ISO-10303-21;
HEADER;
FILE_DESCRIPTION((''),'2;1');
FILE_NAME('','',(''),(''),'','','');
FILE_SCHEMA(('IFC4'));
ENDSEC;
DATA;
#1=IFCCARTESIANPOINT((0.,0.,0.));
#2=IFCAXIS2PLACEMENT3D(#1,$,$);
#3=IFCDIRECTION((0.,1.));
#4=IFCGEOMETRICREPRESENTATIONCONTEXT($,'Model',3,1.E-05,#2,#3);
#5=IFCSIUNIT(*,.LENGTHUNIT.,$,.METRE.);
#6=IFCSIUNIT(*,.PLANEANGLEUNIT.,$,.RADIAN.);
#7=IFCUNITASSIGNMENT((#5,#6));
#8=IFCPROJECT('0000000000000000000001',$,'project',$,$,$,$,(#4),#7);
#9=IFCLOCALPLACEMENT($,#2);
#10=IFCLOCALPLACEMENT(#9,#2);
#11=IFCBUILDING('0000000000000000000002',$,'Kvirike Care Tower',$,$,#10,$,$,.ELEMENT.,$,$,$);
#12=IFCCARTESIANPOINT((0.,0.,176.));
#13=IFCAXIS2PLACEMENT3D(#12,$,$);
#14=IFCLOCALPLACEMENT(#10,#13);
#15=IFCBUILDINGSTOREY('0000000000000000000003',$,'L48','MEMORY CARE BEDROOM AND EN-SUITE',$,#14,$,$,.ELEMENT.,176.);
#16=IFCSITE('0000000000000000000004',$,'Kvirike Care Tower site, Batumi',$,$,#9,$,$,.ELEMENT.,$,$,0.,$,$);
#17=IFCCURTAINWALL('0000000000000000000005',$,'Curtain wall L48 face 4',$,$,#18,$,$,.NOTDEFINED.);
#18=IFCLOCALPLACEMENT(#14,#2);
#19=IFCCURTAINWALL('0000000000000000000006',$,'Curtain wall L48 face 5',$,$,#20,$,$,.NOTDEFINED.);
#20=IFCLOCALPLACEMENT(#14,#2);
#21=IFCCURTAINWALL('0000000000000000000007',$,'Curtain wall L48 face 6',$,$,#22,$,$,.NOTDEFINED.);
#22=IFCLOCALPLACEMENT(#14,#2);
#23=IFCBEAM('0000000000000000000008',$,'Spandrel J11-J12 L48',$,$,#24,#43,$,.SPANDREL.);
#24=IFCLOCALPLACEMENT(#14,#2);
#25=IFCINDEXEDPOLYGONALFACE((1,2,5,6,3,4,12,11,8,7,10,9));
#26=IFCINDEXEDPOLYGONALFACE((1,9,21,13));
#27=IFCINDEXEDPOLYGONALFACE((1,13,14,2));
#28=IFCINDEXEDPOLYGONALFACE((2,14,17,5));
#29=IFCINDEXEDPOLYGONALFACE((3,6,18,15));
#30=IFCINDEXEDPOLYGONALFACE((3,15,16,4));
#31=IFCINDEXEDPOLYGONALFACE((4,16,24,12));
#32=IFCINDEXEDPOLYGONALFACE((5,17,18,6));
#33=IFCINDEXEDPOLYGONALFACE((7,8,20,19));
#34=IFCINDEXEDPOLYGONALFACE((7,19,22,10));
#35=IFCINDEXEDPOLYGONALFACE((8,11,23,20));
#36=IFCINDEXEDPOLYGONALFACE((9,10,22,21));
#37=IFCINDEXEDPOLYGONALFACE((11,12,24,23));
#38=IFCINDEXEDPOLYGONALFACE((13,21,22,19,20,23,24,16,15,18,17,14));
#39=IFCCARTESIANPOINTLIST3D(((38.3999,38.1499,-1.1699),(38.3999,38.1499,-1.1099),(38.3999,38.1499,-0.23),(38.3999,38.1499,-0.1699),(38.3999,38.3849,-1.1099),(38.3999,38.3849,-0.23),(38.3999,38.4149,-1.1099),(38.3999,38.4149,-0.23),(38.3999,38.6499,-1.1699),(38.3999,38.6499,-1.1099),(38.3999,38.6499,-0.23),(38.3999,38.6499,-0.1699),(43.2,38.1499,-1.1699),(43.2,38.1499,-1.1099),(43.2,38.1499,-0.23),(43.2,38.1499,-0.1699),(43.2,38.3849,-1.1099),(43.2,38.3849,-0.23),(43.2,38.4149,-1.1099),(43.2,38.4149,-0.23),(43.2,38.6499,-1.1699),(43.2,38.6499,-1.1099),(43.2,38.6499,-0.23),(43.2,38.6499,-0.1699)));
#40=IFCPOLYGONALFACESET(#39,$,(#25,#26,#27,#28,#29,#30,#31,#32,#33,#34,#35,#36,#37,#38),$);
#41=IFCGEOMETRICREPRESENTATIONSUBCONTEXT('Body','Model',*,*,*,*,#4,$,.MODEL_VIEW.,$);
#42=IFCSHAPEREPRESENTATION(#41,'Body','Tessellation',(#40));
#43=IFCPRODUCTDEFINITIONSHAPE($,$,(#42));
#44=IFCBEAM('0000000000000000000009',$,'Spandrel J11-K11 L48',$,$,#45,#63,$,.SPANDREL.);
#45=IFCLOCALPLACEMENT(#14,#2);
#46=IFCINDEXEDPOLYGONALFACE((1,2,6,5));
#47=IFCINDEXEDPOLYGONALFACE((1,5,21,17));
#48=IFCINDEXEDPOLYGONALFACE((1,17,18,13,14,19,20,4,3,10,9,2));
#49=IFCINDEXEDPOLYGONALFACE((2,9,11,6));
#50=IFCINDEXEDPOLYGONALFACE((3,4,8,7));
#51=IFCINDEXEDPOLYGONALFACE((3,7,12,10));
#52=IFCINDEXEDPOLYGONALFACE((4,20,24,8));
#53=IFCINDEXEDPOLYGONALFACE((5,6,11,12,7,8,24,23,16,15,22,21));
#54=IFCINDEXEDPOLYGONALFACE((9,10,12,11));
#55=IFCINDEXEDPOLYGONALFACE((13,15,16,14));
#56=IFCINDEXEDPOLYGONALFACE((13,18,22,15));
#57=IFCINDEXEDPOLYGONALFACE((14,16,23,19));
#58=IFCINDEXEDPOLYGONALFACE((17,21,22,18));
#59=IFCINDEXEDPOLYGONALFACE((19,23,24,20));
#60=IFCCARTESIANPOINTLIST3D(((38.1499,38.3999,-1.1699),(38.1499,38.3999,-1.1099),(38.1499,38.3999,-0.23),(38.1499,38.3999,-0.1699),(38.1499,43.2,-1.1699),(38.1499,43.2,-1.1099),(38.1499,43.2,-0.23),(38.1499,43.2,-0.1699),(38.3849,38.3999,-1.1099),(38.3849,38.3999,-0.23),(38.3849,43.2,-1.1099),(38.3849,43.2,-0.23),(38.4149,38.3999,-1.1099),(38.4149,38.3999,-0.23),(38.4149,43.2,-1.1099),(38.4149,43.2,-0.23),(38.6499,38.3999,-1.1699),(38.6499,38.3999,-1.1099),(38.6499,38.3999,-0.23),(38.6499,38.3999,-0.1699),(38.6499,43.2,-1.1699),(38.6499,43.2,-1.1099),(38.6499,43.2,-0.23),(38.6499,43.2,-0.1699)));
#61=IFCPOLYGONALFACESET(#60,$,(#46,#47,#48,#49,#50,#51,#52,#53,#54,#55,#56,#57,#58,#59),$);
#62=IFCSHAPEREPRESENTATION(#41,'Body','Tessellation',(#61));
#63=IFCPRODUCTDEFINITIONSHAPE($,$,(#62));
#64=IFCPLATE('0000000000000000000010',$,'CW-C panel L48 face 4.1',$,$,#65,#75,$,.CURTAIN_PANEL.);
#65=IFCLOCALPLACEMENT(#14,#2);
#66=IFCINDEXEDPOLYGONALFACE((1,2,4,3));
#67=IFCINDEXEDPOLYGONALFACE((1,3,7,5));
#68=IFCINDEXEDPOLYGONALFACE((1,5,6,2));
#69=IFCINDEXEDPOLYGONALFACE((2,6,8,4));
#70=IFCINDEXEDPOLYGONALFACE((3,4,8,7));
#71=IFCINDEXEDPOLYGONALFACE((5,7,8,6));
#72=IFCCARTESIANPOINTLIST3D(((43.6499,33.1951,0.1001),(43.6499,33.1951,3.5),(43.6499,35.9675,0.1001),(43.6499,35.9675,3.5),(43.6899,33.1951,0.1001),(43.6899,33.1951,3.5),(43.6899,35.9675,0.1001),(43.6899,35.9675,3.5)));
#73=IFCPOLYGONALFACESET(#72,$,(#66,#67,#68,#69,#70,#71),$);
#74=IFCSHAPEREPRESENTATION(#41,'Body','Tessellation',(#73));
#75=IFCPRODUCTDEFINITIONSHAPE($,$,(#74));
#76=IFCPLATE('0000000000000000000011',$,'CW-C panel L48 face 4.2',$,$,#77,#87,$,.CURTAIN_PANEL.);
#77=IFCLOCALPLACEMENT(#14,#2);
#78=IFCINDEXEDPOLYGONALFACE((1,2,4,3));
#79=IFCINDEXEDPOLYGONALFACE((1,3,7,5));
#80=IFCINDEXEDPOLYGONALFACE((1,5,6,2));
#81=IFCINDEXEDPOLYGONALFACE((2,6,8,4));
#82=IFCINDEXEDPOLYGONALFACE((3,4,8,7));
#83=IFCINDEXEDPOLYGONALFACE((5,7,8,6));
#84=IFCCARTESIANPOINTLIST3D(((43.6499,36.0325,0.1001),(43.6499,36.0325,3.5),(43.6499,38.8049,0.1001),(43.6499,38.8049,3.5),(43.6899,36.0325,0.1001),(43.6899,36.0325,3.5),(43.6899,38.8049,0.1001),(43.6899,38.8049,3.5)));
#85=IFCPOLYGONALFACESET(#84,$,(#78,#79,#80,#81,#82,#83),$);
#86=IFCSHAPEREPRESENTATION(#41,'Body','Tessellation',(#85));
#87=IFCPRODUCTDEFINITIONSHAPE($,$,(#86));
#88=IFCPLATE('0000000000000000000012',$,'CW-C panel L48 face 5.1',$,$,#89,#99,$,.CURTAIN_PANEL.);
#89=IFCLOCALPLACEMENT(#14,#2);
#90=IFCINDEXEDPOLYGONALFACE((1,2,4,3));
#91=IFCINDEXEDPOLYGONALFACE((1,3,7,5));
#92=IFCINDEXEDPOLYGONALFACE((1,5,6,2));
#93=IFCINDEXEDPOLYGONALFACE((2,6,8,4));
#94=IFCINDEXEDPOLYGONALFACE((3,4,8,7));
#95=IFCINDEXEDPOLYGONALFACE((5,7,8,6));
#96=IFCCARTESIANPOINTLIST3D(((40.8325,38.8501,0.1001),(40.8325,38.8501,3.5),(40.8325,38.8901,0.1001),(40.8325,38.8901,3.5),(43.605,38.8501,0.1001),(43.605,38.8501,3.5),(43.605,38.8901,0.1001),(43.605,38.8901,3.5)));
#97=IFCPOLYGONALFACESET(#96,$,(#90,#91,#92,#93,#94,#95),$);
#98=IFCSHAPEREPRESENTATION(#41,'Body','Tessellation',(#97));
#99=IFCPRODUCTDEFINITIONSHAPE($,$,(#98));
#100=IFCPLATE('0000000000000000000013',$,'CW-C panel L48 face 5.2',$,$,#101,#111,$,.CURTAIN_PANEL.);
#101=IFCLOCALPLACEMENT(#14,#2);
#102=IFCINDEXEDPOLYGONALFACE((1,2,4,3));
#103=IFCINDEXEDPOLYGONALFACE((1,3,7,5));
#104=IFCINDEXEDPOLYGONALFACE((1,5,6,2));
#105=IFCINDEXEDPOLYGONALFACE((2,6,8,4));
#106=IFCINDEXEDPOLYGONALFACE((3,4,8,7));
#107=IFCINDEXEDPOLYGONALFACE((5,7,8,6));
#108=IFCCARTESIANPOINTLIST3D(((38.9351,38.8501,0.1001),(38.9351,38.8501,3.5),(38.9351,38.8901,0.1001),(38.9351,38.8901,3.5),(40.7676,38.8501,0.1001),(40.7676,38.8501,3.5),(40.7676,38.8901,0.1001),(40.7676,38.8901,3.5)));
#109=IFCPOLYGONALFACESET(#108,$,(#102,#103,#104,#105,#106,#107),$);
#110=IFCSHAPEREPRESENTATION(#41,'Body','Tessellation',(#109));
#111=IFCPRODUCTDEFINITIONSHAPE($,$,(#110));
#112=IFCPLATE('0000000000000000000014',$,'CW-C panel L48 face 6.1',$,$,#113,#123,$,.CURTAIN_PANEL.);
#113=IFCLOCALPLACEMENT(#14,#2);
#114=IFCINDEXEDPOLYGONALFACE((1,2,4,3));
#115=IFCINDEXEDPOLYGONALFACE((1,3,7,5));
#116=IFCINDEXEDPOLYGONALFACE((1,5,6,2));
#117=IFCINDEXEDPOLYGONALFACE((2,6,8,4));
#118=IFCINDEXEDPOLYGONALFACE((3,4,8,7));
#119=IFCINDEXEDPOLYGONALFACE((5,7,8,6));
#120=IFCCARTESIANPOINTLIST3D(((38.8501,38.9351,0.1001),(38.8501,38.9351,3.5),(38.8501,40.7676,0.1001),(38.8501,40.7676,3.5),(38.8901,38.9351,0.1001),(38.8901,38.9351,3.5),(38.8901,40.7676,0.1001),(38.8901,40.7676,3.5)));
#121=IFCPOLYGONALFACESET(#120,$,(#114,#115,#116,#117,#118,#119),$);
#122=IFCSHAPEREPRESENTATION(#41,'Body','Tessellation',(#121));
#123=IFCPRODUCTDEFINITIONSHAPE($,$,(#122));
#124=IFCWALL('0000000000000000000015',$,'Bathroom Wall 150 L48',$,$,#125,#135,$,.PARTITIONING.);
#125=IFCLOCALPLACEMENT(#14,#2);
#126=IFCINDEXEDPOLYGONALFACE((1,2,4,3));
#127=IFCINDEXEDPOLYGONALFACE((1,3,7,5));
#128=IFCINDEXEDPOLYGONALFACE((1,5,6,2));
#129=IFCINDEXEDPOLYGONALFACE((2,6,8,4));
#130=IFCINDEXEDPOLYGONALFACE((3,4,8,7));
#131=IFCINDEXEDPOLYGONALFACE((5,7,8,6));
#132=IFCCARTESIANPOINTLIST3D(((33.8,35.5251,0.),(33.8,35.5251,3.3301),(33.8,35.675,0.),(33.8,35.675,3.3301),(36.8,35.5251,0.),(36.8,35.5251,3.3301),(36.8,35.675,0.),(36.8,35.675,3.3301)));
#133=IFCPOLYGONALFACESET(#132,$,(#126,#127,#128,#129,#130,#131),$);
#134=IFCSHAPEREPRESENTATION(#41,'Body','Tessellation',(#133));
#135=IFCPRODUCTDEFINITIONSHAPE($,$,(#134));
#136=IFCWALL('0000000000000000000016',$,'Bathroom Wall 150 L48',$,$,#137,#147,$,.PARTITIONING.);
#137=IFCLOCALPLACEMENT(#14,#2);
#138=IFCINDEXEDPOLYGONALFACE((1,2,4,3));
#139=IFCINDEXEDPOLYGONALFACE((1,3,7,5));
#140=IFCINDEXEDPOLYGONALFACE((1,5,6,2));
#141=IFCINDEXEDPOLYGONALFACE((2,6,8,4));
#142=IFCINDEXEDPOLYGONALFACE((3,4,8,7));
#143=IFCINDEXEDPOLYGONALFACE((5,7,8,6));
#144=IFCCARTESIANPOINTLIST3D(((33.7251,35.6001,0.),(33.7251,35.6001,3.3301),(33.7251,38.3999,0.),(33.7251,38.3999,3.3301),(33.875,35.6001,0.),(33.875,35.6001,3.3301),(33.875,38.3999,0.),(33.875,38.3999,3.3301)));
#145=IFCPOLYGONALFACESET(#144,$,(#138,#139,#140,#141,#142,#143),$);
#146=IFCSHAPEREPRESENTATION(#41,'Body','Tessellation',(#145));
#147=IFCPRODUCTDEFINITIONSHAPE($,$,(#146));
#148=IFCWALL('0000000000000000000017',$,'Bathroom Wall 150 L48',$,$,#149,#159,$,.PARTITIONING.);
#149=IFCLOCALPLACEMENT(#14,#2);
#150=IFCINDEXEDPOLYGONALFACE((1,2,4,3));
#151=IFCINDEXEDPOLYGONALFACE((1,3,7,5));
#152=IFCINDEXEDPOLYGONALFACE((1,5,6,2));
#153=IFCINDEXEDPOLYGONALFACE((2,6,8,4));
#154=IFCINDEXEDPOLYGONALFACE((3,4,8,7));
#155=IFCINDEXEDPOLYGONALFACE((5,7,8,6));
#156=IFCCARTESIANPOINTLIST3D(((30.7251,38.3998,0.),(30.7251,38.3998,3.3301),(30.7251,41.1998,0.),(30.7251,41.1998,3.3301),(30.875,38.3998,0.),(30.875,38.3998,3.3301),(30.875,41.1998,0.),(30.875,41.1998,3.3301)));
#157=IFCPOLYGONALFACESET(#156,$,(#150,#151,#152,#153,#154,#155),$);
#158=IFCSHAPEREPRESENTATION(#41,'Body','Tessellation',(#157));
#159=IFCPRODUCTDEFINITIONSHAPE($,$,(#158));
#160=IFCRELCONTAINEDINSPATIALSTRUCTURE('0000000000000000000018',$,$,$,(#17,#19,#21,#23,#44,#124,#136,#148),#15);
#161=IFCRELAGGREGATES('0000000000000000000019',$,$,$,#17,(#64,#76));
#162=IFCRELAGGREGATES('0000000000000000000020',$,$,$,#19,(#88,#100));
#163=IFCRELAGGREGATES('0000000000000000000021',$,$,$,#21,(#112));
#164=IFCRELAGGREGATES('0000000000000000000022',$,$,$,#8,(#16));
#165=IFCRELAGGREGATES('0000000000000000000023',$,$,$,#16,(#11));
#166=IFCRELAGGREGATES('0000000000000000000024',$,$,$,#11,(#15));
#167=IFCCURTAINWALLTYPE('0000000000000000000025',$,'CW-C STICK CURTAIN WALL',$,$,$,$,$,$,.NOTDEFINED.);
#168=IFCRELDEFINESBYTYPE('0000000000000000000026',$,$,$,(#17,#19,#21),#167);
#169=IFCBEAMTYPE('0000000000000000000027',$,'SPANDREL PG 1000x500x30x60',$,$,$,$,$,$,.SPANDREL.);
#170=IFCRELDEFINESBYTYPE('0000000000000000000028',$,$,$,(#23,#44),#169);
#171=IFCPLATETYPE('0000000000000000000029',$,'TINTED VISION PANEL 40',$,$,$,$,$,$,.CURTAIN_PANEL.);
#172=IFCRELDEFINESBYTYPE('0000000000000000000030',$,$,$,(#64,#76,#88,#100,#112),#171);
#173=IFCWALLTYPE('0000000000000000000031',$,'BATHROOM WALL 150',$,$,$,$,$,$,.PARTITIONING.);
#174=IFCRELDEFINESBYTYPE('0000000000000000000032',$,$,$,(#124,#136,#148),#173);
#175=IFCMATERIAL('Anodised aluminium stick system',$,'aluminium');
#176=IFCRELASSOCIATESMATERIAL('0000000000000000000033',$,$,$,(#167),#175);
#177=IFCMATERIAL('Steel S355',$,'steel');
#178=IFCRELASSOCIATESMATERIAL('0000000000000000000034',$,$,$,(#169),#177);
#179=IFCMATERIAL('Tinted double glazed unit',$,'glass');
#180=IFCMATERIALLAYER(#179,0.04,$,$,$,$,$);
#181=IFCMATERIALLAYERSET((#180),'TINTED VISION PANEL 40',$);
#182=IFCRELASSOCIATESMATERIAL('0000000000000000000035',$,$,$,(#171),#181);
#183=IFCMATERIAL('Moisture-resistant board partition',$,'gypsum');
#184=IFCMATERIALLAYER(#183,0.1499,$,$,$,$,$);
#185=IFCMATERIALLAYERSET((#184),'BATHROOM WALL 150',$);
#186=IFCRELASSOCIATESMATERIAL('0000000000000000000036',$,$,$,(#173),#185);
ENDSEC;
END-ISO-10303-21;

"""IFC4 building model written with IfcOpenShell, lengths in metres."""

from ifc_helpers import new_model, si_unit, direction, frame, frame_2d, origin, origin_2d, place, context, subcontext, project, spatial, rectangle, i_section, extrude, material, layer, layer_set, material_profile, profile_set, type_object, element, aggregate, save


model = new_model("IFC4")

# Units and contexts
model_context = context("Model", 3, precision=1e-05, world=origin(), true_north=direction((0.0, 1.0)))
body_context = subcontext(model_context, "Body", "Model", "MODEL_VIEW")
ifc_project = project(units=[si_unit("LENGTHUNIT", "METRE"), si_unit("PLANEANGLEUNIT", "RADIAN")], contexts=[model_context])

# Site, building, storey
site_placement = place(None, origin())
site = spatial("IfcSite", under=ifc_project, at=site_placement, Name="Kvirike Care Tower site, Batumi", CompositionType="ELEMENT", RefElevation=0.0)
building_placement = place(site_placement, origin())
building = spatial("IfcBuilding", under=site, at=building_placement, Name="Kvirike Care Tower", CompositionType="ELEMENT")
storey_placement = place(building_placement, frame((0.0, 0.0, 176.0)))
storey = spatial("IfcBuildingStorey", under=building, at=storey_placement, Name="L48", Description="MEMORY CARE BEDROOM AND EN-SUITE", CompositionType="ELEMENT", Elevation=176.0)

# Curtain walls
ifc_material_1 = material(Name="Anodised aluminium stick system", Category="aluminium")
curtain_wall_type = type_object("IfcCurtainWallType", Name="CW-C STICK CURTAIN WALL", PredefinedType="NOTDEFINED", material=ifc_material_1)
curtain_wall_1_placement = place(storey_placement, origin())
curtain_wall_1 = element("IfcCurtainWall", 1, at=curtain_wall_1_placement, inside=storey, type_object=curtain_wall_type, Name="Curtain wall L48 face 4", PredefinedType="NOTDEFINED")
curtain_wall_2_placement = place(storey_placement, origin())
curtain_wall_2 = element("IfcCurtainWall", 2, at=curtain_wall_2_placement, inside=storey, type_object=curtain_wall_type, Name="Curtain wall L48 face 5", PredefinedType="NOTDEFINED")

# Curtain wall
curtain_wall_3_placement = place(storey_placement, origin())
curtain_wall_3 = element("IfcCurtainWall", 3, at=curtain_wall_3_placement, inside=storey, type_object=curtain_wall_type, Name="Curtain wall L48 face 6", PredefinedType="NOTDEFINED")

# Beams
ifc_material_2 = material(Name="Steel S355", Category="steel")
ifc_material_profile_1 = material_profile(ifc_material_2, i_section(OverallWidth=0.5, OverallDepth=1.0, WebThickness=0.03, FlangeThickness=0.0601, at=origin_2d()), Name="PG 1000x500x30x60")
ifc_profile_set_1 = profile_set([ifc_material_profile_1], Name="Steel S355")
beam_type = type_object("IfcBeamType", Name="SPANDREL PG 1000x500x30x60", PredefinedType="SPANDREL", material=ifc_profile_set_1)
for number, where, z_axis, x_axis, name in (
    (4, (38.3999, 38.3999, -0.6699), (1.0, 0.0, 0.0), (0.0, 1.0, 0.0), "Spandrel J11-J12 L48"),
    (5, (38.3999, 38.3999, -0.6699), (0.0, 1.0, 0.0), (-1.0, 0.0, 0.0), "Spandrel J11-K11 L48"),
):
    element("IfcBeam", number, at=place(storey_placement, frame(where, z_axis=z_axis, x_axis=x_axis)), inside=storey, type_object=beam_type, Name=name, PredefinedType="SPANDREL", context=body_context, shape_type="SweptSolid", body=[
        extrude(i_section(OverallWidth=0.5, OverallDepth=1.0, WebThickness=0.03, FlangeThickness=0.0601, at=origin_2d()), origin(), (0.0, 0.0, 1.0), 4.8),
    ])

# Plates
ifc_material_3 = material(Name="Tinted double glazed unit", Category="glass")
ifc_layer_1 = layer(ifc_material_3, 0.04)
ifc_layer_set_1 = layer_set([ifc_layer_1], Name="TINTED VISION PANEL 40")
plate_type = type_object("IfcPlateType", Name="TINTED VISION PANEL 40", PredefinedType="CURTAIN_PANEL", material=ifc_layer_set_1)
plate_1_placement = place(storey_placement, frame((43.6699, 34.5813, 0.1001), z_axis=(0.0, 0.0, 1.0), x_axis=(0.0, 1.0, 0.0)))
plate_1 = element("IfcPlate", 6, at=plate_1_placement, type_object=plate_type, Name="CW-C panel L48 face 4.1", PredefinedType="CURTAIN_PANEL", context=body_context, shape_type="SweptSolid", body=[
    extrude(rectangle(XDim=2.7725, YDim=0.04, at=origin_2d()), origin(), (0.0, 0.0, 1.0), 3.3999),
])
plate_2_placement = place(storey_placement, frame((43.6699, 37.4187, 0.1001), z_axis=(0.0, 0.0, 1.0), x_axis=(0.0, 1.0, 0.0)))
plate_2 = element("IfcPlate", 7, at=plate_2_placement, type_object=plate_type, Name="CW-C panel L48 face 4.2", PredefinedType="CURTAIN_PANEL", context=body_context, shape_type="SweptSolid", body=[
    extrude(rectangle(XDim=2.7725, YDim=0.04, at=origin_2d()), origin(), (0.0, 0.0, 1.0), 3.3999),
])
aggregate(curtain_wall_1, [plate_1, plate_2])
plate_3_placement = place(storey_placement, frame((42.2188, 38.8701, 0.1001), z_axis=(0.0, 0.0, 1.0), x_axis=(-1.0, 0.0, 0.0)))
plate_3 = element("IfcPlate", 8, at=plate_3_placement, type_object=plate_type, Name="CW-C panel L48 face 5.1", PredefinedType="CURTAIN_PANEL", context=body_context, shape_type="SweptSolid", body=[
    extrude(rectangle(XDim=2.7725, YDim=0.04, at=origin_2d()), origin(), (0.0, 0.0, 1.0), 3.3999),
])
plate_4_placement = place(storey_placement, frame((39.8513, 38.8701, 0.1001), z_axis=(0.0, 0.0, 1.0), x_axis=(-1.0, 0.0, 0.0)))
plate_4 = element("IfcPlate", 9, at=plate_4_placement, type_object=plate_type, Name="CW-C panel L48 face 5.2", PredefinedType="CURTAIN_PANEL", context=body_context, shape_type="SweptSolid", body=[
    extrude(rectangle(XDim=1.8325, YDim=0.04, at=origin_2d()), origin(), (0.0, 0.0, 1.0), 3.3999),
])
aggregate(curtain_wall_2, [plate_3, plate_4])
plate_5_placement = place(storey_placement, frame((38.8701, 39.8513, 0.1001), z_axis=(0.0, 0.0, 1.0), x_axis=(0.0, 1.0, 0.0)))
plate_5 = element("IfcPlate", 10, at=plate_5_placement, type_object=plate_type, Name="CW-C panel L48 face 6.1", PredefinedType="CURTAIN_PANEL", context=body_context, shape_type="SweptSolid", body=[
    extrude(rectangle(XDim=1.8325, YDim=0.04, at=origin_2d()), origin(), (0.0, 0.0, 1.0), 3.3999),
])
aggregate(curtain_wall_3, [plate_5])

# Walls
ifc_material_4 = material(Name="Moisture-resistant board partition", Category="gypsum")
ifc_layer_2 = layer(ifc_material_4, 0.1499)
ifc_layer_set_2 = layer_set([ifc_layer_2], Name="BATHROOM WALL 150")
wall_type_1 = type_object("IfcWallType", Name="BATHROOM WALL 150", PredefinedType="PARTITIONING", material=ifc_layer_set_2)
wall_1_placement = place(storey_placement, frame((36.8, 35.6001, 0.0), z_axis=(0.0, 0.0, 1.0), x_axis=(-1.0, 0.0, 0.0)))
element("IfcWall", 11, at=wall_1_placement, inside=storey, type_object=wall_type_1, Name="Bathroom Wall 150 L48", PredefinedType="PARTITIONING", context=body_context, shape_type="SweptSolid", body=[
    extrude(rectangle(XDim=3.0, YDim=0.1499, at=frame_2d((1.5, 0.0))), origin(), (0.0, 0.0, 1.0), 3.3301),
])
wall_2_placement = place(storey_placement, frame((33.8, 35.6001, 0.0), z_axis=(0.0, 0.0, 1.0), x_axis=(0.0, 1.0, 0.0)))
element("IfcWall", 12, at=wall_2_placement, inside=storey, type_object=wall_type_1, Name="Bathroom Wall 150 L48", PredefinedType="PARTITIONING", context=body_context, shape_type="SweptSolid", body=[
    extrude(rectangle(XDim=2.7998, YDim=0.1499, at=frame_2d((1.3999, 0.0))), origin(), (0.0, 0.0, 1.0), 3.3301),
])
wall_3_placement = place(storey_placement, frame((30.8, 38.3999, 0.0), z_axis=(0.0, 0.0, 1.0), x_axis=(0.0, 1.0, 0.0)))
element("IfcWall", 13, at=wall_3_placement, inside=storey, type_object=wall_type_1, Name="Bathroom Wall 150 L48", PredefinedType="PARTITIONING", context=body_context, shape_type="SweptSolid", body=[
    extrude(rectangle(XDim=2.8, YDim=0.1499, at=frame_2d((1.3999, 0.0))), origin(), (0.0, 0.0, 1.0), 3.3301),
])

save(model, "model.ifc")
